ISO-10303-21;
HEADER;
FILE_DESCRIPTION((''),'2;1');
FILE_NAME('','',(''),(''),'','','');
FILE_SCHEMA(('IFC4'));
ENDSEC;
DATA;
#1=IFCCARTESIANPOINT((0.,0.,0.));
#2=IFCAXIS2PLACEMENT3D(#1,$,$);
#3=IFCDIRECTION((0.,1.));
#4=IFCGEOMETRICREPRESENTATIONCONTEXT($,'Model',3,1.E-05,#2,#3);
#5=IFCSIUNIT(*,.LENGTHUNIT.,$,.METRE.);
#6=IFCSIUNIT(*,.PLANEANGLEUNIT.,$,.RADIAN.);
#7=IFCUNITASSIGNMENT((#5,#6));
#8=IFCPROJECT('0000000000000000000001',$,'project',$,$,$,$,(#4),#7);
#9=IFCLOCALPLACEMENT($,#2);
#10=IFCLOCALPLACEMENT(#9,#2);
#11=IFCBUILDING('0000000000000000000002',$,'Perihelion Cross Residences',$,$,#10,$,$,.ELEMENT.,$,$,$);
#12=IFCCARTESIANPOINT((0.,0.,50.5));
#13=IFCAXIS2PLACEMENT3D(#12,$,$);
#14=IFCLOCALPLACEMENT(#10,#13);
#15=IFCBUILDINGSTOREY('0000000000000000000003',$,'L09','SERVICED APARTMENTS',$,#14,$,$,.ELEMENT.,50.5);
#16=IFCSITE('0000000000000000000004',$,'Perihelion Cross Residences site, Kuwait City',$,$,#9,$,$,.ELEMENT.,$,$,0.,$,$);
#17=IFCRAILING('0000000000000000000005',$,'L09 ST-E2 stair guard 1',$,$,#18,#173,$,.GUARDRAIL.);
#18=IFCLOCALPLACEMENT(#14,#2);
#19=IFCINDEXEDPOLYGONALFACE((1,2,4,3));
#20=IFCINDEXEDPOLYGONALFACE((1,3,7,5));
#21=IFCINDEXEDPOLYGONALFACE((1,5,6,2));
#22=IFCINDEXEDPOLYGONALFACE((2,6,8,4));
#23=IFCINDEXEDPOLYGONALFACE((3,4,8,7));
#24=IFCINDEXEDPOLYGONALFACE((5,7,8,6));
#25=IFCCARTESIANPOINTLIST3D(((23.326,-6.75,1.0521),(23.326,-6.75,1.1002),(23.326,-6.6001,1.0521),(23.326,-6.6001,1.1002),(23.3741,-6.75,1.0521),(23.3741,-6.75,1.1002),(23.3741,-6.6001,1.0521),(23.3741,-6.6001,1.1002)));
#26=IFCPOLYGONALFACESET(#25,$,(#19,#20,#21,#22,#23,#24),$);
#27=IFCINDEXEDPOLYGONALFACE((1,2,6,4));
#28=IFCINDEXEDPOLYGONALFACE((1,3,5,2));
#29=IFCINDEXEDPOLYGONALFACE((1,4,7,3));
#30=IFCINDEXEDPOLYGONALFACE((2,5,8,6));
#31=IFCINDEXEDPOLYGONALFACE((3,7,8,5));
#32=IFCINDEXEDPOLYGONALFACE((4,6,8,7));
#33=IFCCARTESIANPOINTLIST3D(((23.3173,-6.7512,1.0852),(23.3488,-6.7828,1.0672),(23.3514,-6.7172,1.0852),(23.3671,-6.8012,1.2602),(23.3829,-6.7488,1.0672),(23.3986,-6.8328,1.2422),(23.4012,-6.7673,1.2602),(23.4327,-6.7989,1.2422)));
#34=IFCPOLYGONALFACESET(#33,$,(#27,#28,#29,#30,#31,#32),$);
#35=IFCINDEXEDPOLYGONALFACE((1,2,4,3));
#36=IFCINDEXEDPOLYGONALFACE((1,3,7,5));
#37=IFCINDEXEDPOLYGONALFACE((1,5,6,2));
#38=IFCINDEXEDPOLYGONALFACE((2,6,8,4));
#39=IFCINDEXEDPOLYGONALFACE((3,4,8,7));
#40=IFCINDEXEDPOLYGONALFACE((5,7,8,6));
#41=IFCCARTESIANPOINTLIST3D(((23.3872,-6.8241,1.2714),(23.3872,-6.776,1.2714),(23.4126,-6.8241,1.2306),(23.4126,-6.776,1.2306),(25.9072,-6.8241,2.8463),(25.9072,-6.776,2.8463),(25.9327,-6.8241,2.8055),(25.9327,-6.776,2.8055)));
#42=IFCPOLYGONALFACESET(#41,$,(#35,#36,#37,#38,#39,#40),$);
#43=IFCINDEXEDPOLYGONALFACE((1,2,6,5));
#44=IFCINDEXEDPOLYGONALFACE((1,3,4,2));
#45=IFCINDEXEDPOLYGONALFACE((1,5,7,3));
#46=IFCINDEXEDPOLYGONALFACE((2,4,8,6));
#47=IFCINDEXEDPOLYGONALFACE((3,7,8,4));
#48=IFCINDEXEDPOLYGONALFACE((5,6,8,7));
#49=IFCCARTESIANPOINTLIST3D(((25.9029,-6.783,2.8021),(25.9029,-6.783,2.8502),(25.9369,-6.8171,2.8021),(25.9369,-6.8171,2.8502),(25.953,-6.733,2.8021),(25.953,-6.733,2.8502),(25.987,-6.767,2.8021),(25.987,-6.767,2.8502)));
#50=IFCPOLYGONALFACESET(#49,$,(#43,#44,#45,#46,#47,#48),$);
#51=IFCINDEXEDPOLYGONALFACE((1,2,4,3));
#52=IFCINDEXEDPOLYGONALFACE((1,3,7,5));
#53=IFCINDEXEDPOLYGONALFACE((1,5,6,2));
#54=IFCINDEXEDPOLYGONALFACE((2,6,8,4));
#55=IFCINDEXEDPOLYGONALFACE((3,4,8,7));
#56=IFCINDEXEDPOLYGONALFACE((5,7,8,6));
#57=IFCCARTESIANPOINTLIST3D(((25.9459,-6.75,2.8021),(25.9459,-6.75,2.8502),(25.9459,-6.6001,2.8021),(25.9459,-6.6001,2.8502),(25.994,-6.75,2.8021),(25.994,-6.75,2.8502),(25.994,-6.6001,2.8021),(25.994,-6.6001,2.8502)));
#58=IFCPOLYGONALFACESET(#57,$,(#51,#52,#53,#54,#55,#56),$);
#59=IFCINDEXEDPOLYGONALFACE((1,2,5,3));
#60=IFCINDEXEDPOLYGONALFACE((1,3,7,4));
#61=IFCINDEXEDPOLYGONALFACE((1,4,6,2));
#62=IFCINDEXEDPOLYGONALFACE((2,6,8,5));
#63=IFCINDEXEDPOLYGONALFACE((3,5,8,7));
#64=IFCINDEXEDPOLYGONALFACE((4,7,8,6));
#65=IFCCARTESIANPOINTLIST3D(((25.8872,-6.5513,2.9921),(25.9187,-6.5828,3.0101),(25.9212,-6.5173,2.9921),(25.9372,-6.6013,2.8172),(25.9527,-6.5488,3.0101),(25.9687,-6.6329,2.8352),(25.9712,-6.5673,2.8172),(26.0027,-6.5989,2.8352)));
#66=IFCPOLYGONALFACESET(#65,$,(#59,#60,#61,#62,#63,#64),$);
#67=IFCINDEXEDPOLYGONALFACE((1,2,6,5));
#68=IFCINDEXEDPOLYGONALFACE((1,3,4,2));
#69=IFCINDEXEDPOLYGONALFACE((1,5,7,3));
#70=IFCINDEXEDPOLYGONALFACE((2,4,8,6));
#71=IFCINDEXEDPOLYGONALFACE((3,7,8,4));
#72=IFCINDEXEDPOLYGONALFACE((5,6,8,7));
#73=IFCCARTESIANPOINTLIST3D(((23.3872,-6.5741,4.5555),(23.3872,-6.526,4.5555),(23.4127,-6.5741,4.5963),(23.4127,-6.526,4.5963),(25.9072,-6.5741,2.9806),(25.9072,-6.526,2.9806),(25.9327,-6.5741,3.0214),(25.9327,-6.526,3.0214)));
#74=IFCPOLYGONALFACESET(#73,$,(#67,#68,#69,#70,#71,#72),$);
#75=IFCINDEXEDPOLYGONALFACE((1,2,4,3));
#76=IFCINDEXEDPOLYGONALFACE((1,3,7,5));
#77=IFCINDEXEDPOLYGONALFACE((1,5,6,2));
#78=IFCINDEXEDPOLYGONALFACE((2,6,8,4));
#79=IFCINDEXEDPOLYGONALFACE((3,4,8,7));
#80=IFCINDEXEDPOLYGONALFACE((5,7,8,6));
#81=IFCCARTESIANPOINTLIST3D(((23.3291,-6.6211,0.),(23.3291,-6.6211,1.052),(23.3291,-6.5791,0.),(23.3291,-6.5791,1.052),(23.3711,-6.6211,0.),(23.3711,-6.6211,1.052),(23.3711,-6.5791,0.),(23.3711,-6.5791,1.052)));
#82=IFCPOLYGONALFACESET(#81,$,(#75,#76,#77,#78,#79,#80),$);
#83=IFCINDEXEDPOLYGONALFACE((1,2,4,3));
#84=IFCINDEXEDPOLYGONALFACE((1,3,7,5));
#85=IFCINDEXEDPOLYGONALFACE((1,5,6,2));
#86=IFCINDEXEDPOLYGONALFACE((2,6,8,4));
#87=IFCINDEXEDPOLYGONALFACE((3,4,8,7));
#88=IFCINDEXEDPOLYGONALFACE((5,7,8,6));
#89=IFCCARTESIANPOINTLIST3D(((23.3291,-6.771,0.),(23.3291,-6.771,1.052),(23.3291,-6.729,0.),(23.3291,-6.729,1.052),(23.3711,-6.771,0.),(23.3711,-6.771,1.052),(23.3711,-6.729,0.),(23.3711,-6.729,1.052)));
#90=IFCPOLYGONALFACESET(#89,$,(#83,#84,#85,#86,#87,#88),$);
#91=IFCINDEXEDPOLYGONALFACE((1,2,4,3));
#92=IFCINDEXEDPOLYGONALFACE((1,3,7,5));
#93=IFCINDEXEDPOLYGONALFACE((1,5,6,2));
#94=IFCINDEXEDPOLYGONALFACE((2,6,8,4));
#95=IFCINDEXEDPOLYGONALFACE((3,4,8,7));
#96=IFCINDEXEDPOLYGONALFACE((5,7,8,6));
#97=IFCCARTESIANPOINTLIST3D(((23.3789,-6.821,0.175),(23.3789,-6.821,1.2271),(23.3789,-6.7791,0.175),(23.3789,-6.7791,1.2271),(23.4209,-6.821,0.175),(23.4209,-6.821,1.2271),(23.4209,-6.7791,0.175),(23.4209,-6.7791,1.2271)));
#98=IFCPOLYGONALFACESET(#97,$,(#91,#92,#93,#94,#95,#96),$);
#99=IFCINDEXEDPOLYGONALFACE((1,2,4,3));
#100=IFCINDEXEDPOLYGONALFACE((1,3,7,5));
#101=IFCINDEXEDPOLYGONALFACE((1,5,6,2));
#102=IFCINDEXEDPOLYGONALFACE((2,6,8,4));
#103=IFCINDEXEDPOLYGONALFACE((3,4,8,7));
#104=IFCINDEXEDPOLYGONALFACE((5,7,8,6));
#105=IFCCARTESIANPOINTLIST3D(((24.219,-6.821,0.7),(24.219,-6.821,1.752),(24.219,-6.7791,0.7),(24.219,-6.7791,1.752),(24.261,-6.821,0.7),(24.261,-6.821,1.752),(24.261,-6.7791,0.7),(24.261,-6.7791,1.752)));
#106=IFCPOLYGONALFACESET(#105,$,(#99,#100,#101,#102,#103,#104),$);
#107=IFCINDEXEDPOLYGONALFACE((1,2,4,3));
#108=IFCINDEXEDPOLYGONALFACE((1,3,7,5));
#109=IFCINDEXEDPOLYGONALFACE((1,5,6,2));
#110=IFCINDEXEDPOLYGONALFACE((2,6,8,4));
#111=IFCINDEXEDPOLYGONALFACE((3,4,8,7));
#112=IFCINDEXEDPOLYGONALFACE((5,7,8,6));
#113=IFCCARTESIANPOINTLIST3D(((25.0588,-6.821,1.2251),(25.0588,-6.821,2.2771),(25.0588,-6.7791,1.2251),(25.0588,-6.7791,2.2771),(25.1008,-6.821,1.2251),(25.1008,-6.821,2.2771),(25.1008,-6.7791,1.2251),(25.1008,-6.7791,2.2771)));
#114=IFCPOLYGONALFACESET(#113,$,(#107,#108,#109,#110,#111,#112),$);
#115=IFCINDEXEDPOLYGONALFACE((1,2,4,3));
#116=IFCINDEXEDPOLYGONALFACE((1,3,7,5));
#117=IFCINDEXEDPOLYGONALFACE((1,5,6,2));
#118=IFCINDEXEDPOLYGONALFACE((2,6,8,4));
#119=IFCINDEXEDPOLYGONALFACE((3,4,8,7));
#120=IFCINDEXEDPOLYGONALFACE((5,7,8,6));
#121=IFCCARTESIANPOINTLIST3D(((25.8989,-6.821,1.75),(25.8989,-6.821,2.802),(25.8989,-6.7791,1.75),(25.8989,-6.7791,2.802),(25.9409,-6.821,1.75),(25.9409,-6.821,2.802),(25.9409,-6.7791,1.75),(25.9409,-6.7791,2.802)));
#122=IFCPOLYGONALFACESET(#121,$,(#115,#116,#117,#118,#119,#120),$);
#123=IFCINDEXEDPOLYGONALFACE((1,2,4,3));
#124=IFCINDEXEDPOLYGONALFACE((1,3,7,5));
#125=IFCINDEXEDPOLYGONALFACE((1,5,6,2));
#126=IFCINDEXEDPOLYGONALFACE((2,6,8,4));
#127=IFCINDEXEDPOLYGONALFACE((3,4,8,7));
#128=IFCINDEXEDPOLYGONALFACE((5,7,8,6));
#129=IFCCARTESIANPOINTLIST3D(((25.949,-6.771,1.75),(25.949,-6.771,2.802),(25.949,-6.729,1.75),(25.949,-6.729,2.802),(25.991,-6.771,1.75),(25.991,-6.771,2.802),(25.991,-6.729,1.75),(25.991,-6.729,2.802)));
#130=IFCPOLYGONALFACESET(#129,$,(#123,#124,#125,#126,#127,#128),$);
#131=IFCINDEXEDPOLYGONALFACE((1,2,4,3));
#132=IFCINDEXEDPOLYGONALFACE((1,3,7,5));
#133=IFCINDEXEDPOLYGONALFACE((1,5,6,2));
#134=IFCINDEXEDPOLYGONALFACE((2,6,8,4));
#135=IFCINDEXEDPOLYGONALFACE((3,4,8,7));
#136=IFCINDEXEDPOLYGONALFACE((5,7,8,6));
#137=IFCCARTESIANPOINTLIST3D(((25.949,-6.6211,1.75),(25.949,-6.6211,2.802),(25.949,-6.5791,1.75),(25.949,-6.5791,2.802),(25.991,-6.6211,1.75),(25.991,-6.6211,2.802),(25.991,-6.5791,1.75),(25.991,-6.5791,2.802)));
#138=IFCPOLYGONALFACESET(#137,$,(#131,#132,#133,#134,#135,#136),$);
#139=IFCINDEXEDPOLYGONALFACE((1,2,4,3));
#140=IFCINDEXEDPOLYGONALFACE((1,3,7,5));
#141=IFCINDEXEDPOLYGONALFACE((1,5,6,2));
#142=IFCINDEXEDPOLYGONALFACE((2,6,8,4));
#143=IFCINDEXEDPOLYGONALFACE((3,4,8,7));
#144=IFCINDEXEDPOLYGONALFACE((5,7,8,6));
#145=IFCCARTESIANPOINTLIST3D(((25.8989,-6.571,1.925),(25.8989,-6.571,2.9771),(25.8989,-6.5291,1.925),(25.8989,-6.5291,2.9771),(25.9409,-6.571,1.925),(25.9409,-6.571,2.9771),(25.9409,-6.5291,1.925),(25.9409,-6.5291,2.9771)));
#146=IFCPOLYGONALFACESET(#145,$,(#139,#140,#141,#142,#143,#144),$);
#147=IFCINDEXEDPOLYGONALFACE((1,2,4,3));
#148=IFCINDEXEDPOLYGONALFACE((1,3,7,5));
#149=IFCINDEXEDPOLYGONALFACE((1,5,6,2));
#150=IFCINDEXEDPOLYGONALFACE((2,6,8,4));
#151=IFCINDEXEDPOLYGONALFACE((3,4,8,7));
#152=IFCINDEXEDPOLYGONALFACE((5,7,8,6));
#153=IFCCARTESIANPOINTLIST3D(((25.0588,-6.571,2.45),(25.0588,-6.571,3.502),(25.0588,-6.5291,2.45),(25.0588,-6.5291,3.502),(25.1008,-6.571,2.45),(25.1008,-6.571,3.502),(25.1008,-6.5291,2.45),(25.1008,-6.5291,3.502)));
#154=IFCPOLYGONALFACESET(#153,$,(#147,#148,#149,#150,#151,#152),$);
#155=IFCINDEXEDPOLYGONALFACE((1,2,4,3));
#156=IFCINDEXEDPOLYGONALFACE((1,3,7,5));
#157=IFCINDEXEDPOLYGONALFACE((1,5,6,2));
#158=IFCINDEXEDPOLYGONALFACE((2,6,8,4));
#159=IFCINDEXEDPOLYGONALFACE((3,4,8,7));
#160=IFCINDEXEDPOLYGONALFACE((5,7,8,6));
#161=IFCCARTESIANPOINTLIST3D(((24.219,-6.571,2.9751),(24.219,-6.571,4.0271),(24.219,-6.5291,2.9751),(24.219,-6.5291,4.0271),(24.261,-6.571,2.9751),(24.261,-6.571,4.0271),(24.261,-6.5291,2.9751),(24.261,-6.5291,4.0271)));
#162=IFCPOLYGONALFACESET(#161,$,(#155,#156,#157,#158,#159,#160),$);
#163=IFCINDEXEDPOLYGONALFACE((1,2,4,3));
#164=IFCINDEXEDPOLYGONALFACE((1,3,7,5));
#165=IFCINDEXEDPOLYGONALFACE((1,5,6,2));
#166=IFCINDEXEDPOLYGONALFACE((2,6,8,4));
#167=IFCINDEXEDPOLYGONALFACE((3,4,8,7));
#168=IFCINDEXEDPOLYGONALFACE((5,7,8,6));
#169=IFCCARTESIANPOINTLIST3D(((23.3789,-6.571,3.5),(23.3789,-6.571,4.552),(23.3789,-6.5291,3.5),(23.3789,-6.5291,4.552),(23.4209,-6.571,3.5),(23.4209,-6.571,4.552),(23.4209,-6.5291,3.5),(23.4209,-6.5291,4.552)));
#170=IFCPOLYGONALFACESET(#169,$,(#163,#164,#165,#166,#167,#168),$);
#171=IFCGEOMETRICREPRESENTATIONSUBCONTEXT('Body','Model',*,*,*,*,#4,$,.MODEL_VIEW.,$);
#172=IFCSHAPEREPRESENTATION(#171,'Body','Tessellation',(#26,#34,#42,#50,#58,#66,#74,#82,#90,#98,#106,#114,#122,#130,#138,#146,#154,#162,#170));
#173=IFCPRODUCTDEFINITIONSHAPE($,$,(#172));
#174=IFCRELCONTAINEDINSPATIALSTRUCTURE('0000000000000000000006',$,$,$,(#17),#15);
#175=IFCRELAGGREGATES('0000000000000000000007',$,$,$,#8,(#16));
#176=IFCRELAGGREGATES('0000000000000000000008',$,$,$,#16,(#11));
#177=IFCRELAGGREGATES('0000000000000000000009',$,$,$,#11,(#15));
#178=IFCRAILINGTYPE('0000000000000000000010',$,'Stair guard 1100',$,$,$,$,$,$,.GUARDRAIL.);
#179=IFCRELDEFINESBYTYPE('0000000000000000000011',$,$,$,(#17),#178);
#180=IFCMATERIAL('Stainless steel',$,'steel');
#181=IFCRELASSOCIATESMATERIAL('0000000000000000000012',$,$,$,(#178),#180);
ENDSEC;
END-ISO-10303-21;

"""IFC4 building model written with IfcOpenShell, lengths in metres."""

from ifc_helpers import new_model, si_unit, direction, frame, origin, origin_2d, place, context, subcontext, project, spatial, rectangle, extrude, material, type_object, element, save


model = new_model("IFC4")

# Units and contexts
model_context = context("Model", 3, precision=1e-05, world=origin(), true_north=direction((0.0, 1.0)))
body_context = subcontext(model_context, "Body", "Model", "MODEL_VIEW")
ifc_project = project(units=[si_unit("LENGTHUNIT", "METRE"), si_unit("PLANEANGLEUNIT", "RADIAN")], contexts=[model_context])

# Site, building, storey
site_placement = place(None, origin())
site = spatial("IfcSite", under=ifc_project, at=site_placement, Name="Perihelion Cross Residences site, Kuwait City", CompositionType="ELEMENT", RefElevation=0.0)
building_placement = place(site_placement, origin())
building = spatial("IfcBuilding", under=site, at=building_placement, Name="Perihelion Cross Residences", CompositionType="ELEMENT")
storey_placement = place(building_placement, frame((0.0, 0.0, 50.5)))
storey = spatial("IfcBuildingStorey", under=building, at=storey_placement, Name="L09", Description="SERVICED APARTMENTS", CompositionType="ELEMENT", Elevation=50.5)

# Railing
ifc_material_1 = material(Name="Stainless steel", Category="steel")
railing_type_1 = type_object("IfcRailingType", Name="Stair guard 1100", PredefinedType="GUARDRAIL", material=ifc_material_1)
railing_1_placement = place(storey_placement, frame((23.3501, -6.6001, 0.0)))
element("IfcRailing", 1, at=railing_1_placement, inside=storey, type_object=railing_type_1, Name="L09 ST-E2 stair guard 1", PredefinedType="GUARDRAIL", context=body_context, shape_type="SweptSolid", body=[
    extrude(rectangle(XDim=0.0481, YDim=0.0481, at=origin_2d()), frame((0.0, 0.0, 1.0762), z_axis=(0.0, -1.0, 0.0), x_axis=(1.0, 0.0, 0.0)), (0.0, 0.0, 1.0), 0.1499),
    extrude(rectangle(XDim=0.0481, YDim=0.0481, at=origin_2d()), frame((0.0, -0.1499, 1.0762), z_axis=(0.263862, -0.265156, 0.927399), x_axis=(0.708834, 0.705376, 0.0)), (0.0, 0.0, 1.0), 0.1887),
    extrude(rectangle(XDim=0.0481, YDim=0.0481, at=origin_2d()), frame((0.0498, -0.2, 1.251), z_axis=(0.848008, 0.0, 0.529984), x_axis=(0.0, 1.0, 0.0)), (0.0, 0.0, 1.0), 2.9717),
    extrude(rectangle(XDim=0.0481, YDim=0.0481, at=origin_2d()), frame((2.5698, -0.2, 2.8262), z_axis=(0.707107, 0.707107, 0.0), x_axis=(-0.707107, 0.707107, 0.0)), (0.0, 0.0, 1.0), 0.0708),
    extrude(rectangle(XDim=0.0481, YDim=0.0481, at=origin_2d()), frame((2.6199, -0.1499, 2.8262), z_axis=(0.0, 1.0, 0.0), x_axis=(-1.0, 0.0, 0.0)), (0.0, 0.0, 1.0), 0.1499),
    extrude(rectangle(XDim=0.0481, YDim=0.0481, at=origin_2d()), frame((2.6199, 0.0, 2.8262), z_axis=(-0.265065, 0.265065, 0.927082), x_axis=(-0.707107, -0.707107, 0.0)), (0.0, 0.0, 1.0), 0.1887),
    extrude(rectangle(XDim=0.0481, YDim=0.0481, at=origin_2d()), frame((2.5698, 0.05, 3.001), z_axis=(-0.848008, 0.0, 0.529984), x_axis=(0.0, -1.0, 0.0)), (0.0, 0.0, 1.0), 2.9717),
    extrude(rectangle(XDim=0.042, YDim=0.042, at=origin_2d()), origin(), (0.0, 0.0, 1.0), 1.052),
    extrude(rectangle(XDim=0.042, YDim=0.042, at=origin_2d()), frame((0.0, -0.1499, 0.0)), (0.0, 0.0, 1.0), 1.052),
    extrude(rectangle(XDim=0.042, YDim=0.042, at=origin_2d()), frame((0.0498, -0.2, 0.175)), (0.0, 0.0, 1.0), 1.052),
    extrude(rectangle(XDim=0.042, YDim=0.042, at=origin_2d()), frame((0.8899, -0.2, 0.7)), (0.0, 0.0, 1.0), 1.052),
    extrude(rectangle(XDim=0.042, YDim=0.042, at=origin_2d()), frame((1.7297, -0.2, 1.2251)), (0.0, 0.0, 1.0), 1.052),
    extrude(rectangle(XDim=0.042, YDim=0.042, at=origin_2d()), frame((2.5698, -0.2, 1.75)), (0.0, 0.0, 1.0), 1.052),
    extrude(rectangle(XDim=0.042, YDim=0.042, at=origin_2d()), frame((2.6199, -0.1499, 1.75)), (0.0, 0.0, 1.0), 1.052),
    extrude(rectangle(XDim=0.042, YDim=0.042, at=origin_2d()), frame((2.6199, 0.0, 1.75)), (0.0, 0.0, 1.0), 1.052),
    extrude(rectangle(XDim=0.042, YDim=0.042, at=origin_2d()), frame((2.5698, 0.05, 1.925)), (0.0, 0.0, 1.0), 1.052),
    extrude(rectangle(XDim=0.042, YDim=0.042, at=origin_2d()), frame((1.7297, 0.05, 2.45)), (0.0, 0.0, 1.0), 1.052),
    extrude(rectangle(XDim=0.042, YDim=0.042, at=origin_2d()), frame((0.8899, 0.05, 2.9751)), (0.0, 0.0, 1.0), 1.052),
    extrude(rectangle(XDim=0.042, YDim=0.042, at=origin_2d()), frame((0.0498, 0.05, 3.5)), (0.0, 0.0, 1.0), 1.052),
])

save(model, "model.ifc")
